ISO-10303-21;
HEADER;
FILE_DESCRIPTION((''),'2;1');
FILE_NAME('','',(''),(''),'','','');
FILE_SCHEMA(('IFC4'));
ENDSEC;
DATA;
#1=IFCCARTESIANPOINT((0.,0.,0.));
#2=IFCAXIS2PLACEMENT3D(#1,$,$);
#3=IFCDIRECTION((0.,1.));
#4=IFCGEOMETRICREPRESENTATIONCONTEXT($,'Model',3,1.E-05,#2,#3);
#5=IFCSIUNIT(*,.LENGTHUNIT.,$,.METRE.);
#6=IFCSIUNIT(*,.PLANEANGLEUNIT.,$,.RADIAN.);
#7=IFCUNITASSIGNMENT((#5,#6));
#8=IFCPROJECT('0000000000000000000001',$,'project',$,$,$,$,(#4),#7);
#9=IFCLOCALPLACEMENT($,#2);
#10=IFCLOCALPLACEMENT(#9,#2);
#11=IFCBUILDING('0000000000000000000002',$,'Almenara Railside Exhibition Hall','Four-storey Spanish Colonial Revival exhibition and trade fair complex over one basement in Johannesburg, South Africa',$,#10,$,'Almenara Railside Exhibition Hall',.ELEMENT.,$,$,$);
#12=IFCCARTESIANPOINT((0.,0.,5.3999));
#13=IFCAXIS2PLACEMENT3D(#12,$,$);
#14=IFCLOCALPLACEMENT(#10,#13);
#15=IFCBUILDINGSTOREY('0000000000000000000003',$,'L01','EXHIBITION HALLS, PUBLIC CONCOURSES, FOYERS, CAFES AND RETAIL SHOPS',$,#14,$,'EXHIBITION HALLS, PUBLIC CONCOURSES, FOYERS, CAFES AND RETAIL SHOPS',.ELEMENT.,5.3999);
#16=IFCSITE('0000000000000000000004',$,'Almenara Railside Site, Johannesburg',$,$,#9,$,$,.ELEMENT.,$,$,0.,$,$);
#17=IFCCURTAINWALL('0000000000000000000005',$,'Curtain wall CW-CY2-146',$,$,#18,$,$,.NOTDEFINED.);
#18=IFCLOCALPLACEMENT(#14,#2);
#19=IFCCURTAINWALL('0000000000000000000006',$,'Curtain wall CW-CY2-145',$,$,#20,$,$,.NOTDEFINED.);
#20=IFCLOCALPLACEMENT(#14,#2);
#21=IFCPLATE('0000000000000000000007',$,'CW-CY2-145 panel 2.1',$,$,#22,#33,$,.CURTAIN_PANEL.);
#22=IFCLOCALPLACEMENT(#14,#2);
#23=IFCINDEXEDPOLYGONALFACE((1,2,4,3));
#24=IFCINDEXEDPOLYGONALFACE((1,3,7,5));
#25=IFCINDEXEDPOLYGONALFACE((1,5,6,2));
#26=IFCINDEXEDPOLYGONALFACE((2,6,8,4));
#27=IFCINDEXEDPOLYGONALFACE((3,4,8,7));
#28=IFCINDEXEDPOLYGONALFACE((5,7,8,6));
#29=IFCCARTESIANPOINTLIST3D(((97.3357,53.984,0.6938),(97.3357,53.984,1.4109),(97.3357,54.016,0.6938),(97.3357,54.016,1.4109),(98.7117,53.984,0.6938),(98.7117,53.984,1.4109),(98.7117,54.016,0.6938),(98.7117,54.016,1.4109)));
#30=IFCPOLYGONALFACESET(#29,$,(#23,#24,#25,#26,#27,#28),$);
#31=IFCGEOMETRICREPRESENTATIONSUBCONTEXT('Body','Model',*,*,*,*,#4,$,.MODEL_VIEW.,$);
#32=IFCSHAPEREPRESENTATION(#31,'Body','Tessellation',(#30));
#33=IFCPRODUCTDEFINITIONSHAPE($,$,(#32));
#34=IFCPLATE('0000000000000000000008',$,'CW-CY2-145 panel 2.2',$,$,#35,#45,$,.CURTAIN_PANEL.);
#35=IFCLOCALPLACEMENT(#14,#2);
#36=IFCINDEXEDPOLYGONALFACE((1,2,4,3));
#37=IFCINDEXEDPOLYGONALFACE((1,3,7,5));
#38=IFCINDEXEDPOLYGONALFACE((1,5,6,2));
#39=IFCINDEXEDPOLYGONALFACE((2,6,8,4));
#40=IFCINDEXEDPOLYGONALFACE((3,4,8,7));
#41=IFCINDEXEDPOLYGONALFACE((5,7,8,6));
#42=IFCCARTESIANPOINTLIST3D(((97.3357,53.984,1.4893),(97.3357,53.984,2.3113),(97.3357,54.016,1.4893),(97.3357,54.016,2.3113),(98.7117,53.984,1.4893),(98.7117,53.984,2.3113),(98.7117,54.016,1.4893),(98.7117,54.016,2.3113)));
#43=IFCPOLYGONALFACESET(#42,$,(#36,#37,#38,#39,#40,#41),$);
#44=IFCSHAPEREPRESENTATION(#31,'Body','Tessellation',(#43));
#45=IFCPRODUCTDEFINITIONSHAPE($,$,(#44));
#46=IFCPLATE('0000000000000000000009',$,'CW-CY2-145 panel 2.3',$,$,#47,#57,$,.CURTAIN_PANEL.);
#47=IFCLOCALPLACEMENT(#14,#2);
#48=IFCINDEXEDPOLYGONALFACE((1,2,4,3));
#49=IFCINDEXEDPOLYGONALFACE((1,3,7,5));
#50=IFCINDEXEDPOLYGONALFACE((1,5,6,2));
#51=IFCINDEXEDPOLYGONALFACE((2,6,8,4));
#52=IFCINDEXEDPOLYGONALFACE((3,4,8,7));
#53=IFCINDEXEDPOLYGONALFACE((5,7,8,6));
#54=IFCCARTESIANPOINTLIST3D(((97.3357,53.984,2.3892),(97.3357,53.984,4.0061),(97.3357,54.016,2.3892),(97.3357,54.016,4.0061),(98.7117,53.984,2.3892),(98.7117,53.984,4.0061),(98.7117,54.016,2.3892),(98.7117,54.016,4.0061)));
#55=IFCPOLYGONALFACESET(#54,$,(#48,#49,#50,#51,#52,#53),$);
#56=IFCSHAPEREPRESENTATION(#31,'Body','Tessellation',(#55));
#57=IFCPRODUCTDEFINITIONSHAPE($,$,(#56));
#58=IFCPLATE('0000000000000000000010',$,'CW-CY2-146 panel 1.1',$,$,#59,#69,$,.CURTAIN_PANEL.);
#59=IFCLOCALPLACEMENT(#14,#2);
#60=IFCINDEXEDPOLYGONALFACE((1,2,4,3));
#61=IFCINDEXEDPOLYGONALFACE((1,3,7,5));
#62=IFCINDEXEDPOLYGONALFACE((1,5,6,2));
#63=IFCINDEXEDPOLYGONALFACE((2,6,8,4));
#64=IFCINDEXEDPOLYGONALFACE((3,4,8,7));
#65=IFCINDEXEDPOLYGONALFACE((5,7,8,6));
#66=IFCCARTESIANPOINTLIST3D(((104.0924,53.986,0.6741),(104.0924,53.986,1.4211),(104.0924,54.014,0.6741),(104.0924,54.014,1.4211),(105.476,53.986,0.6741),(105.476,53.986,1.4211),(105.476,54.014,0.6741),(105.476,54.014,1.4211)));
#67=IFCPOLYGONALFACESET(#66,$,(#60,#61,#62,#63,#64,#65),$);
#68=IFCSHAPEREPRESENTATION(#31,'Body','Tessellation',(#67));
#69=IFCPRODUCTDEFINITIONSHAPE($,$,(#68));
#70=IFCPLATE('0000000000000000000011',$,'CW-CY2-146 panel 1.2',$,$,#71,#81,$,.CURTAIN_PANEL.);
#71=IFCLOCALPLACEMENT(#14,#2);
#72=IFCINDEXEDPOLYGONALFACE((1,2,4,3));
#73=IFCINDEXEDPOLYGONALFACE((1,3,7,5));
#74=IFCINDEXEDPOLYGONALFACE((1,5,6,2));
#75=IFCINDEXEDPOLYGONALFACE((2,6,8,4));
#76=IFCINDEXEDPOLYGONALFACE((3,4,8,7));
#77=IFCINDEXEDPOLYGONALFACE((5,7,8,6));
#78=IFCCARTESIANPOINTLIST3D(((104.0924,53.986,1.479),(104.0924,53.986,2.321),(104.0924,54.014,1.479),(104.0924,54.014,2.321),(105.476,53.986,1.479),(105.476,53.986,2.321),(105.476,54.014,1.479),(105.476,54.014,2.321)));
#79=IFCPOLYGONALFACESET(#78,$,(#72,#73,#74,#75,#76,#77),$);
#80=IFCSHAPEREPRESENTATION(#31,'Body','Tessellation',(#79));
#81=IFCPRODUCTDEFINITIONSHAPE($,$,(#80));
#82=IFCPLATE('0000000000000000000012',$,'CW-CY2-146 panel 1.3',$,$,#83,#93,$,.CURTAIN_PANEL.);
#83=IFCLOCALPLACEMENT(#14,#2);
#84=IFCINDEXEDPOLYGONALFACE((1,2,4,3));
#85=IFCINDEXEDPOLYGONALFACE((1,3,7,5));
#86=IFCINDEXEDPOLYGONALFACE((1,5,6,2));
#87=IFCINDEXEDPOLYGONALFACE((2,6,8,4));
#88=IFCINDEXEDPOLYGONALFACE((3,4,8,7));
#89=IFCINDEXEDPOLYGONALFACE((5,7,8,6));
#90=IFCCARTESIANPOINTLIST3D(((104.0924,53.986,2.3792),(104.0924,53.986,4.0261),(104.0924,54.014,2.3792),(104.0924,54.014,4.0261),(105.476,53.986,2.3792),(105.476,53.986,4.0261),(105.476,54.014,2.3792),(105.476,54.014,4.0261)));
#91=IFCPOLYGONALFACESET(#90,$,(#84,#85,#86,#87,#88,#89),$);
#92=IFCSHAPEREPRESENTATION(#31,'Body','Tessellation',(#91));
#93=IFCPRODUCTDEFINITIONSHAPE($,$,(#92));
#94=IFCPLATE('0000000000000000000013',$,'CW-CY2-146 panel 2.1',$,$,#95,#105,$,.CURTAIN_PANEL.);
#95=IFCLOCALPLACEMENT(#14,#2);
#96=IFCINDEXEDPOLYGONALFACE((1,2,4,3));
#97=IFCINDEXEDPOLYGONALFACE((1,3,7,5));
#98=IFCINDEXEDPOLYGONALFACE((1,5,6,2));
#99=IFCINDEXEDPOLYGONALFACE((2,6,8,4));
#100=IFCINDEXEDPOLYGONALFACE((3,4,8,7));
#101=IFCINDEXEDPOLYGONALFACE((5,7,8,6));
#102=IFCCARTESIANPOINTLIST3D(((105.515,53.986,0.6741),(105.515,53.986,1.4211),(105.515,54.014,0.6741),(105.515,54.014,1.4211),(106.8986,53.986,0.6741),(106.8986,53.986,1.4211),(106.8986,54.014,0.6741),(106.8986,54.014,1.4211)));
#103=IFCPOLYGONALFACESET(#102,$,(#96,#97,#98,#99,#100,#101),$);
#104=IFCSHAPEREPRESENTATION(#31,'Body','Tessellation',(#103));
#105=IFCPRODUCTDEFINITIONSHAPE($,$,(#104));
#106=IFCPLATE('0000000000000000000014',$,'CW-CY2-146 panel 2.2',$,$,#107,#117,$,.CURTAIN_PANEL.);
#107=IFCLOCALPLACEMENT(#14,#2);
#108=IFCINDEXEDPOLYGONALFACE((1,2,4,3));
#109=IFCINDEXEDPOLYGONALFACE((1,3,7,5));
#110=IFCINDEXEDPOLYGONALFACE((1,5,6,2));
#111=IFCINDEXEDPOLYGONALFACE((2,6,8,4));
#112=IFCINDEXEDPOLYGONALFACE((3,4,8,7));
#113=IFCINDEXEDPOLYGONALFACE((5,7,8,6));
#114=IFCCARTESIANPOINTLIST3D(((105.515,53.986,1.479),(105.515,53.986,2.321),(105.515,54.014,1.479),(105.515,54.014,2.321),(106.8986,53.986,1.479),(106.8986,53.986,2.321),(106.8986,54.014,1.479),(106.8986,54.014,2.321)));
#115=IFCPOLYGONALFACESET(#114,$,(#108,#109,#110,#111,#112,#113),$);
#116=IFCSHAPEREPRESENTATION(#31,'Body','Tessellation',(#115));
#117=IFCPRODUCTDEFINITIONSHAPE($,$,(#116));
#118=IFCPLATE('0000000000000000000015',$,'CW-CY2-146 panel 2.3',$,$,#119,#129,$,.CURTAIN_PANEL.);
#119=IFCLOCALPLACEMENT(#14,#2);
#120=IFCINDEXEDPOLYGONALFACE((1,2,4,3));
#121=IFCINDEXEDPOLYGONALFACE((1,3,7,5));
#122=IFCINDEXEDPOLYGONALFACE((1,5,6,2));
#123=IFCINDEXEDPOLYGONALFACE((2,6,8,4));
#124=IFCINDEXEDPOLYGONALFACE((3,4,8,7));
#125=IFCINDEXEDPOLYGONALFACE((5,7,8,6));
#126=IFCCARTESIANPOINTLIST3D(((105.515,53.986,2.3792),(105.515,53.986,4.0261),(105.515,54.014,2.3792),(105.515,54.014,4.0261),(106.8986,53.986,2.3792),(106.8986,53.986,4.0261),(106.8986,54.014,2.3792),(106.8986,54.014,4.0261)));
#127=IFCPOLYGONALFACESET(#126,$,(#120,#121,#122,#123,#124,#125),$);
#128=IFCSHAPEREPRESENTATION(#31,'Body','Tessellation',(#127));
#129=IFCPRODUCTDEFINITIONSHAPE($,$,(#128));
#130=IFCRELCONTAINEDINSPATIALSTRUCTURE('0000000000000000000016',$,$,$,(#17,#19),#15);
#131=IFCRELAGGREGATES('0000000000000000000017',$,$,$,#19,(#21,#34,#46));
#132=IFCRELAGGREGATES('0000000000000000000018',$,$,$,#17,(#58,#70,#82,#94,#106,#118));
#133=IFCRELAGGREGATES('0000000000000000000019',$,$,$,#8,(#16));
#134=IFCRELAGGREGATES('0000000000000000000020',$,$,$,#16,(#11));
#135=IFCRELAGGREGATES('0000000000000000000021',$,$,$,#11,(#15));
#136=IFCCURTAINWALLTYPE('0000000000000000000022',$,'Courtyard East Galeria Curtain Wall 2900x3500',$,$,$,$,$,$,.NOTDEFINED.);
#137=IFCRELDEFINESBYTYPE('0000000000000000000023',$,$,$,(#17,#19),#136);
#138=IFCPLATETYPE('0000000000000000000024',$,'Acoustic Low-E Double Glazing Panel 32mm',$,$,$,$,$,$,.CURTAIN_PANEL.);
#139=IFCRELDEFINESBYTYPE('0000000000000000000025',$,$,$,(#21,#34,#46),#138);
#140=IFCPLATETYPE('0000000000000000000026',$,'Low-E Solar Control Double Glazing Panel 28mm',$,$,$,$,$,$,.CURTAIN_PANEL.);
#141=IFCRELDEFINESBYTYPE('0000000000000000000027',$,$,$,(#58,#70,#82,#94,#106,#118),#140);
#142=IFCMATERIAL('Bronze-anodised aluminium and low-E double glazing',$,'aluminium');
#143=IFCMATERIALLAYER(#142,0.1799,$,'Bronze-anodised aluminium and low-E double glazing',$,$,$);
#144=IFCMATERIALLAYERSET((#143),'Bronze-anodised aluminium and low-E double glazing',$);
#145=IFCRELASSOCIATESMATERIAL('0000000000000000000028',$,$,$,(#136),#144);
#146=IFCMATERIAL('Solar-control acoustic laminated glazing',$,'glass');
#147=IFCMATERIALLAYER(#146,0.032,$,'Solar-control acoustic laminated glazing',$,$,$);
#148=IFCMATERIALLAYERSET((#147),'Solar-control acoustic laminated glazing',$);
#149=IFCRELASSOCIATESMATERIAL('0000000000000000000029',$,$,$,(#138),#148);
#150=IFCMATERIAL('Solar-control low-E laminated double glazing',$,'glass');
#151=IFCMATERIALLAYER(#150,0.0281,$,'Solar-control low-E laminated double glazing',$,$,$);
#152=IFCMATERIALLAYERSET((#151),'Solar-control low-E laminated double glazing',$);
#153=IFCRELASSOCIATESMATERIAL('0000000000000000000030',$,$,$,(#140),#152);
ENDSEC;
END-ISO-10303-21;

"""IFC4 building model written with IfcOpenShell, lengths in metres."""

from ifc_helpers import new_model, si_unit, direction, frame, origin, origin_2d, place, context, subcontext, project, spatial, rectangle, extrude, material, layer, layer_set, type_object, element, aggregate, save


model = new_model("IFC4")

# Units and contexts
model_context = context("Model", 3, precision=1e-05, world=origin(), true_north=direction((0.0, 1.0)))
body_context = subcontext(model_context, "Body", "Model", "MODEL_VIEW")
ifc_project = project(units=[si_unit("LENGTHUNIT", "METRE"), si_unit("PLANEANGLEUNIT", "RADIAN")], contexts=[model_context])

# Site, building, storey
site_placement = place(None, origin())
site = spatial("IfcSite", under=ifc_project, at=site_placement, Name="Almenara Railside Site, Johannesburg", CompositionType="ELEMENT", RefElevation=0.0)
building_placement = place(site_placement, origin())
building = spatial("IfcBuilding", under=site, at=building_placement, Name="Almenara Railside Exhibition Hall", Description="Four-storey Spanish Colonial Revival exhibition and trade fair complex over one basement in Johannesburg, South Africa", LongName="Almenara Railside Exhibition Hall", CompositionType="ELEMENT")
storey_placement = place(building_placement, frame((0.0, 0.0, 5.3999)))
storey = spatial("IfcBuildingStorey", under=building, at=storey_placement, Name="L01", Description="EXHIBITION HALLS, PUBLIC CONCOURSES, FOYERS, CAFES AND RETAIL SHOPS", LongName="EXHIBITION HALLS, PUBLIC CONCOURSES, FOYERS, CAFES AND RETAIL SHOPS", CompositionType="ELEMENT", Elevation=5.3999)

# Curtain wall
ifc_material_1 = material(Name="Bronze-anodised aluminium and low-E double glazing", Category="aluminium")
ifc_layer_1 = layer(ifc_material_1, 0.1799, Name="Bronze-anodised aluminium and low-E double glazing")
ifc_layer_set_1 = layer_set([ifc_layer_1], Name="Bronze-anodised aluminium and low-E double glazing")
curtain_wall_type = type_object("IfcCurtainWallType", Name="Courtyard East Galeria Curtain Wall 2900x3500", PredefinedType="NOTDEFINED", material=ifc_layer_set_1)
curtain_wall_1_placement = place(storey_placement, origin())
curtain_wall_1 = element("IfcCurtainWall", 1, at=curtain_wall_1_placement, inside=storey, type_object=curtain_wall_type, Name="Curtain wall CW-CY2-146", PredefinedType="NOTDEFINED")

# Curtain wall
curtain_wall_2_placement = place(storey_placement, origin())
curtain_wall_2 = element("IfcCurtainWall", 2, at=curtain_wall_2_placement, inside=storey, type_object=curtain_wall_type, Name="Curtain wall CW-CY2-145", PredefinedType="NOTDEFINED")

# Plates
ifc_material_2 = material(Name="Solar-control acoustic laminated glazing", Category="glass")
ifc_layer_2 = layer(ifc_material_2, 0.032, Name="Solar-control acoustic laminated glazing")
ifc_layer_set_2 = layer_set([ifc_layer_2], Name="Solar-control acoustic laminated glazing")
plate_type_1 = type_object("IfcPlateType", Name="Acoustic Low-E Double Glazing Panel 32mm", PredefinedType="CURTAIN_PANEL", material=ifc_layer_set_2)
plate_1_placement = place(storey_placement, frame((98.0237, 54.0, 0.6938), z_axis=(0.0, 0.0, 1.0), x_axis=(1.0, 0.0, 0.0)))
plate_1 = element("IfcPlate", 3, at=plate_1_placement, type_object=plate_type_1, Name="CW-CY2-145 panel 2.1", PredefinedType="CURTAIN_PANEL", context=body_context, shape_type="SweptSolid", body=[
    extrude(rectangle(XDim=1.376, YDim=0.032, at=origin_2d()), origin(), (0.0, 0.0, 1.0), 0.717),
])
plate_2_placement = place(storey_placement, frame((98.0237, 54.0, 1.4893), z_axis=(0.0, 0.0, 1.0), x_axis=(1.0, 0.0, 0.0)))
plate_2 = element("IfcPlate", 4, at=plate_2_placement, type_object=plate_type_1, Name="CW-CY2-145 panel 2.2", PredefinedType="CURTAIN_PANEL", context=body_context, shape_type="SweptSolid", body=[
    extrude(rectangle(XDim=1.376, YDim=0.032, at=origin_2d()), origin(), (0.0, 0.0, 1.0), 0.822),
])
plate_3_placement = place(storey_placement, frame((98.0237, 54.0, 2.3892), z_axis=(0.0, 0.0, 1.0), x_axis=(1.0, 0.0, 0.0)))
plate_3 = element("IfcPlate", 5, at=plate_3_placement, type_object=plate_type_1, Name="CW-CY2-145 panel 2.3", PredefinedType="CURTAIN_PANEL", context=body_context, shape_type="SweptSolid", body=[
    extrude(rectangle(XDim=1.376, YDim=0.032, at=origin_2d()), origin(), (0.0, 0.0, 1.0), 1.6169),
])
aggregate(curtain_wall_2, [plate_1, plate_2, plate_3])
ifc_material_3 = material(Name="Solar-control low-E laminated double glazing", Category="glass")
ifc_layer_3 = layer(ifc_material_3, 0.0281, Name="Solar-control low-E laminated double glazing")
ifc_layer_set_3 = layer_set([ifc_layer_3], Name="Solar-control low-E laminated double glazing")
plate_type_2 = type_object("IfcPlateType", Name="Low-E Solar Control Double Glazing Panel 28mm", PredefinedType="CURTAIN_PANEL", material=ifc_layer_set_3)
plate_4_placement = place(storey_placement, frame((104.7842, 54.0, 0.6741), z_axis=(0.0, 0.0, 1.0), x_axis=(1.0, 0.0, 0.0)))
plate_4 = element("IfcPlate", 6, at=plate_4_placement, type_object=plate_type_2, Name="CW-CY2-146 panel 1.1", PredefinedType="CURTAIN_PANEL", context=body_context, shape_type="SweptSolid", body=[
    extrude(rectangle(XDim=1.3835, YDim=0.0281, at=origin_2d()), origin(), (0.0, 0.0, 1.0), 0.7471),
])
plate_5_placement = place(storey_placement, frame((104.7842, 54.0, 1.479), z_axis=(0.0, 0.0, 1.0), x_axis=(1.0, 0.0, 0.0)))
plate_5 = element("IfcPlate", 7, at=plate_5_placement, type_object=plate_type_2, Name="CW-CY2-146 panel 1.2", PredefinedType="CURTAIN_PANEL", context=body_context, shape_type="SweptSolid", body=[
    extrude(rectangle(XDim=1.3835, YDim=0.0281, at=origin_2d()), origin(), (0.0, 0.0, 1.0), 0.842),
])
plate_6_placement = place(storey_placement, frame((104.7842, 54.0, 2.3792), z_axis=(0.0, 0.0, 1.0), x_axis=(1.0, 0.0, 0.0)))
plate_6 = element("IfcPlate", 8, at=plate_6_placement, type_object=plate_type_2, Name="CW-CY2-146 panel 1.3", PredefinedType="CURTAIN_PANEL", context=body_context, shape_type="SweptSolid", body=[
    extrude(rectangle(XDim=1.3835, YDim=0.0281, at=origin_2d()), origin(), (0.0, 0.0, 1.0), 1.647),
])
plate_7_placement = place(storey_placement, frame((106.2068, 54.0, 0.6741), z_axis=(0.0, 0.0, 1.0), x_axis=(1.0, 0.0, 0.0)))
plate_7 = element("IfcPlate", 9, at=plate_7_placement, type_object=plate_type_2, Name="CW-CY2-146 panel 2.1", PredefinedType="CURTAIN_PANEL", context=body_context, shape_type="SweptSolid", body=[
    extrude(rectangle(XDim=1.3835, YDim=0.0281, at=origin_2d()), origin(), (0.0, 0.0, 1.0), 0.7471),
])
plate_8_placement = place(storey_placement, frame((106.2068, 54.0, 1.479), z_axis=(0.0, 0.0, 1.0), x_axis=(1.0, 0.0, 0.0)))
plate_8 = element("IfcPlate", 10, at=plate_8_placement, type_object=plate_type_2, Name="CW-CY2-146 panel 2.2", PredefinedType="CURTAIN_PANEL", context=body_context, shape_type="SweptSolid", body=[
    extrude(rectangle(XDim=1.3835, YDim=0.0281, at=origin_2d()), origin(), (0.0, 0.0, 1.0), 0.842),
])
plate_9_placement = place(storey_placement, frame((106.2068, 54.0, 2.3792), z_axis=(0.0, 0.0, 1.0), x_axis=(1.0, 0.0, 0.0)))
plate_9 = element("IfcPlate", 11, at=plate_9_placement, type_object=plate_type_2, Name="CW-CY2-146 panel 2.3", PredefinedType="CURTAIN_PANEL", context=body_context, shape_type="SweptSolid", body=[
    extrude(rectangle(XDim=1.3835, YDim=0.0281, at=origin_2d()), origin(), (0.0, 0.0, 1.0), 1.647),
])
aggregate(curtain_wall_1, [plate_4, plate_5, plate_6, plate_7, plate_8, plate_9])

save(model, "model.ifc")
